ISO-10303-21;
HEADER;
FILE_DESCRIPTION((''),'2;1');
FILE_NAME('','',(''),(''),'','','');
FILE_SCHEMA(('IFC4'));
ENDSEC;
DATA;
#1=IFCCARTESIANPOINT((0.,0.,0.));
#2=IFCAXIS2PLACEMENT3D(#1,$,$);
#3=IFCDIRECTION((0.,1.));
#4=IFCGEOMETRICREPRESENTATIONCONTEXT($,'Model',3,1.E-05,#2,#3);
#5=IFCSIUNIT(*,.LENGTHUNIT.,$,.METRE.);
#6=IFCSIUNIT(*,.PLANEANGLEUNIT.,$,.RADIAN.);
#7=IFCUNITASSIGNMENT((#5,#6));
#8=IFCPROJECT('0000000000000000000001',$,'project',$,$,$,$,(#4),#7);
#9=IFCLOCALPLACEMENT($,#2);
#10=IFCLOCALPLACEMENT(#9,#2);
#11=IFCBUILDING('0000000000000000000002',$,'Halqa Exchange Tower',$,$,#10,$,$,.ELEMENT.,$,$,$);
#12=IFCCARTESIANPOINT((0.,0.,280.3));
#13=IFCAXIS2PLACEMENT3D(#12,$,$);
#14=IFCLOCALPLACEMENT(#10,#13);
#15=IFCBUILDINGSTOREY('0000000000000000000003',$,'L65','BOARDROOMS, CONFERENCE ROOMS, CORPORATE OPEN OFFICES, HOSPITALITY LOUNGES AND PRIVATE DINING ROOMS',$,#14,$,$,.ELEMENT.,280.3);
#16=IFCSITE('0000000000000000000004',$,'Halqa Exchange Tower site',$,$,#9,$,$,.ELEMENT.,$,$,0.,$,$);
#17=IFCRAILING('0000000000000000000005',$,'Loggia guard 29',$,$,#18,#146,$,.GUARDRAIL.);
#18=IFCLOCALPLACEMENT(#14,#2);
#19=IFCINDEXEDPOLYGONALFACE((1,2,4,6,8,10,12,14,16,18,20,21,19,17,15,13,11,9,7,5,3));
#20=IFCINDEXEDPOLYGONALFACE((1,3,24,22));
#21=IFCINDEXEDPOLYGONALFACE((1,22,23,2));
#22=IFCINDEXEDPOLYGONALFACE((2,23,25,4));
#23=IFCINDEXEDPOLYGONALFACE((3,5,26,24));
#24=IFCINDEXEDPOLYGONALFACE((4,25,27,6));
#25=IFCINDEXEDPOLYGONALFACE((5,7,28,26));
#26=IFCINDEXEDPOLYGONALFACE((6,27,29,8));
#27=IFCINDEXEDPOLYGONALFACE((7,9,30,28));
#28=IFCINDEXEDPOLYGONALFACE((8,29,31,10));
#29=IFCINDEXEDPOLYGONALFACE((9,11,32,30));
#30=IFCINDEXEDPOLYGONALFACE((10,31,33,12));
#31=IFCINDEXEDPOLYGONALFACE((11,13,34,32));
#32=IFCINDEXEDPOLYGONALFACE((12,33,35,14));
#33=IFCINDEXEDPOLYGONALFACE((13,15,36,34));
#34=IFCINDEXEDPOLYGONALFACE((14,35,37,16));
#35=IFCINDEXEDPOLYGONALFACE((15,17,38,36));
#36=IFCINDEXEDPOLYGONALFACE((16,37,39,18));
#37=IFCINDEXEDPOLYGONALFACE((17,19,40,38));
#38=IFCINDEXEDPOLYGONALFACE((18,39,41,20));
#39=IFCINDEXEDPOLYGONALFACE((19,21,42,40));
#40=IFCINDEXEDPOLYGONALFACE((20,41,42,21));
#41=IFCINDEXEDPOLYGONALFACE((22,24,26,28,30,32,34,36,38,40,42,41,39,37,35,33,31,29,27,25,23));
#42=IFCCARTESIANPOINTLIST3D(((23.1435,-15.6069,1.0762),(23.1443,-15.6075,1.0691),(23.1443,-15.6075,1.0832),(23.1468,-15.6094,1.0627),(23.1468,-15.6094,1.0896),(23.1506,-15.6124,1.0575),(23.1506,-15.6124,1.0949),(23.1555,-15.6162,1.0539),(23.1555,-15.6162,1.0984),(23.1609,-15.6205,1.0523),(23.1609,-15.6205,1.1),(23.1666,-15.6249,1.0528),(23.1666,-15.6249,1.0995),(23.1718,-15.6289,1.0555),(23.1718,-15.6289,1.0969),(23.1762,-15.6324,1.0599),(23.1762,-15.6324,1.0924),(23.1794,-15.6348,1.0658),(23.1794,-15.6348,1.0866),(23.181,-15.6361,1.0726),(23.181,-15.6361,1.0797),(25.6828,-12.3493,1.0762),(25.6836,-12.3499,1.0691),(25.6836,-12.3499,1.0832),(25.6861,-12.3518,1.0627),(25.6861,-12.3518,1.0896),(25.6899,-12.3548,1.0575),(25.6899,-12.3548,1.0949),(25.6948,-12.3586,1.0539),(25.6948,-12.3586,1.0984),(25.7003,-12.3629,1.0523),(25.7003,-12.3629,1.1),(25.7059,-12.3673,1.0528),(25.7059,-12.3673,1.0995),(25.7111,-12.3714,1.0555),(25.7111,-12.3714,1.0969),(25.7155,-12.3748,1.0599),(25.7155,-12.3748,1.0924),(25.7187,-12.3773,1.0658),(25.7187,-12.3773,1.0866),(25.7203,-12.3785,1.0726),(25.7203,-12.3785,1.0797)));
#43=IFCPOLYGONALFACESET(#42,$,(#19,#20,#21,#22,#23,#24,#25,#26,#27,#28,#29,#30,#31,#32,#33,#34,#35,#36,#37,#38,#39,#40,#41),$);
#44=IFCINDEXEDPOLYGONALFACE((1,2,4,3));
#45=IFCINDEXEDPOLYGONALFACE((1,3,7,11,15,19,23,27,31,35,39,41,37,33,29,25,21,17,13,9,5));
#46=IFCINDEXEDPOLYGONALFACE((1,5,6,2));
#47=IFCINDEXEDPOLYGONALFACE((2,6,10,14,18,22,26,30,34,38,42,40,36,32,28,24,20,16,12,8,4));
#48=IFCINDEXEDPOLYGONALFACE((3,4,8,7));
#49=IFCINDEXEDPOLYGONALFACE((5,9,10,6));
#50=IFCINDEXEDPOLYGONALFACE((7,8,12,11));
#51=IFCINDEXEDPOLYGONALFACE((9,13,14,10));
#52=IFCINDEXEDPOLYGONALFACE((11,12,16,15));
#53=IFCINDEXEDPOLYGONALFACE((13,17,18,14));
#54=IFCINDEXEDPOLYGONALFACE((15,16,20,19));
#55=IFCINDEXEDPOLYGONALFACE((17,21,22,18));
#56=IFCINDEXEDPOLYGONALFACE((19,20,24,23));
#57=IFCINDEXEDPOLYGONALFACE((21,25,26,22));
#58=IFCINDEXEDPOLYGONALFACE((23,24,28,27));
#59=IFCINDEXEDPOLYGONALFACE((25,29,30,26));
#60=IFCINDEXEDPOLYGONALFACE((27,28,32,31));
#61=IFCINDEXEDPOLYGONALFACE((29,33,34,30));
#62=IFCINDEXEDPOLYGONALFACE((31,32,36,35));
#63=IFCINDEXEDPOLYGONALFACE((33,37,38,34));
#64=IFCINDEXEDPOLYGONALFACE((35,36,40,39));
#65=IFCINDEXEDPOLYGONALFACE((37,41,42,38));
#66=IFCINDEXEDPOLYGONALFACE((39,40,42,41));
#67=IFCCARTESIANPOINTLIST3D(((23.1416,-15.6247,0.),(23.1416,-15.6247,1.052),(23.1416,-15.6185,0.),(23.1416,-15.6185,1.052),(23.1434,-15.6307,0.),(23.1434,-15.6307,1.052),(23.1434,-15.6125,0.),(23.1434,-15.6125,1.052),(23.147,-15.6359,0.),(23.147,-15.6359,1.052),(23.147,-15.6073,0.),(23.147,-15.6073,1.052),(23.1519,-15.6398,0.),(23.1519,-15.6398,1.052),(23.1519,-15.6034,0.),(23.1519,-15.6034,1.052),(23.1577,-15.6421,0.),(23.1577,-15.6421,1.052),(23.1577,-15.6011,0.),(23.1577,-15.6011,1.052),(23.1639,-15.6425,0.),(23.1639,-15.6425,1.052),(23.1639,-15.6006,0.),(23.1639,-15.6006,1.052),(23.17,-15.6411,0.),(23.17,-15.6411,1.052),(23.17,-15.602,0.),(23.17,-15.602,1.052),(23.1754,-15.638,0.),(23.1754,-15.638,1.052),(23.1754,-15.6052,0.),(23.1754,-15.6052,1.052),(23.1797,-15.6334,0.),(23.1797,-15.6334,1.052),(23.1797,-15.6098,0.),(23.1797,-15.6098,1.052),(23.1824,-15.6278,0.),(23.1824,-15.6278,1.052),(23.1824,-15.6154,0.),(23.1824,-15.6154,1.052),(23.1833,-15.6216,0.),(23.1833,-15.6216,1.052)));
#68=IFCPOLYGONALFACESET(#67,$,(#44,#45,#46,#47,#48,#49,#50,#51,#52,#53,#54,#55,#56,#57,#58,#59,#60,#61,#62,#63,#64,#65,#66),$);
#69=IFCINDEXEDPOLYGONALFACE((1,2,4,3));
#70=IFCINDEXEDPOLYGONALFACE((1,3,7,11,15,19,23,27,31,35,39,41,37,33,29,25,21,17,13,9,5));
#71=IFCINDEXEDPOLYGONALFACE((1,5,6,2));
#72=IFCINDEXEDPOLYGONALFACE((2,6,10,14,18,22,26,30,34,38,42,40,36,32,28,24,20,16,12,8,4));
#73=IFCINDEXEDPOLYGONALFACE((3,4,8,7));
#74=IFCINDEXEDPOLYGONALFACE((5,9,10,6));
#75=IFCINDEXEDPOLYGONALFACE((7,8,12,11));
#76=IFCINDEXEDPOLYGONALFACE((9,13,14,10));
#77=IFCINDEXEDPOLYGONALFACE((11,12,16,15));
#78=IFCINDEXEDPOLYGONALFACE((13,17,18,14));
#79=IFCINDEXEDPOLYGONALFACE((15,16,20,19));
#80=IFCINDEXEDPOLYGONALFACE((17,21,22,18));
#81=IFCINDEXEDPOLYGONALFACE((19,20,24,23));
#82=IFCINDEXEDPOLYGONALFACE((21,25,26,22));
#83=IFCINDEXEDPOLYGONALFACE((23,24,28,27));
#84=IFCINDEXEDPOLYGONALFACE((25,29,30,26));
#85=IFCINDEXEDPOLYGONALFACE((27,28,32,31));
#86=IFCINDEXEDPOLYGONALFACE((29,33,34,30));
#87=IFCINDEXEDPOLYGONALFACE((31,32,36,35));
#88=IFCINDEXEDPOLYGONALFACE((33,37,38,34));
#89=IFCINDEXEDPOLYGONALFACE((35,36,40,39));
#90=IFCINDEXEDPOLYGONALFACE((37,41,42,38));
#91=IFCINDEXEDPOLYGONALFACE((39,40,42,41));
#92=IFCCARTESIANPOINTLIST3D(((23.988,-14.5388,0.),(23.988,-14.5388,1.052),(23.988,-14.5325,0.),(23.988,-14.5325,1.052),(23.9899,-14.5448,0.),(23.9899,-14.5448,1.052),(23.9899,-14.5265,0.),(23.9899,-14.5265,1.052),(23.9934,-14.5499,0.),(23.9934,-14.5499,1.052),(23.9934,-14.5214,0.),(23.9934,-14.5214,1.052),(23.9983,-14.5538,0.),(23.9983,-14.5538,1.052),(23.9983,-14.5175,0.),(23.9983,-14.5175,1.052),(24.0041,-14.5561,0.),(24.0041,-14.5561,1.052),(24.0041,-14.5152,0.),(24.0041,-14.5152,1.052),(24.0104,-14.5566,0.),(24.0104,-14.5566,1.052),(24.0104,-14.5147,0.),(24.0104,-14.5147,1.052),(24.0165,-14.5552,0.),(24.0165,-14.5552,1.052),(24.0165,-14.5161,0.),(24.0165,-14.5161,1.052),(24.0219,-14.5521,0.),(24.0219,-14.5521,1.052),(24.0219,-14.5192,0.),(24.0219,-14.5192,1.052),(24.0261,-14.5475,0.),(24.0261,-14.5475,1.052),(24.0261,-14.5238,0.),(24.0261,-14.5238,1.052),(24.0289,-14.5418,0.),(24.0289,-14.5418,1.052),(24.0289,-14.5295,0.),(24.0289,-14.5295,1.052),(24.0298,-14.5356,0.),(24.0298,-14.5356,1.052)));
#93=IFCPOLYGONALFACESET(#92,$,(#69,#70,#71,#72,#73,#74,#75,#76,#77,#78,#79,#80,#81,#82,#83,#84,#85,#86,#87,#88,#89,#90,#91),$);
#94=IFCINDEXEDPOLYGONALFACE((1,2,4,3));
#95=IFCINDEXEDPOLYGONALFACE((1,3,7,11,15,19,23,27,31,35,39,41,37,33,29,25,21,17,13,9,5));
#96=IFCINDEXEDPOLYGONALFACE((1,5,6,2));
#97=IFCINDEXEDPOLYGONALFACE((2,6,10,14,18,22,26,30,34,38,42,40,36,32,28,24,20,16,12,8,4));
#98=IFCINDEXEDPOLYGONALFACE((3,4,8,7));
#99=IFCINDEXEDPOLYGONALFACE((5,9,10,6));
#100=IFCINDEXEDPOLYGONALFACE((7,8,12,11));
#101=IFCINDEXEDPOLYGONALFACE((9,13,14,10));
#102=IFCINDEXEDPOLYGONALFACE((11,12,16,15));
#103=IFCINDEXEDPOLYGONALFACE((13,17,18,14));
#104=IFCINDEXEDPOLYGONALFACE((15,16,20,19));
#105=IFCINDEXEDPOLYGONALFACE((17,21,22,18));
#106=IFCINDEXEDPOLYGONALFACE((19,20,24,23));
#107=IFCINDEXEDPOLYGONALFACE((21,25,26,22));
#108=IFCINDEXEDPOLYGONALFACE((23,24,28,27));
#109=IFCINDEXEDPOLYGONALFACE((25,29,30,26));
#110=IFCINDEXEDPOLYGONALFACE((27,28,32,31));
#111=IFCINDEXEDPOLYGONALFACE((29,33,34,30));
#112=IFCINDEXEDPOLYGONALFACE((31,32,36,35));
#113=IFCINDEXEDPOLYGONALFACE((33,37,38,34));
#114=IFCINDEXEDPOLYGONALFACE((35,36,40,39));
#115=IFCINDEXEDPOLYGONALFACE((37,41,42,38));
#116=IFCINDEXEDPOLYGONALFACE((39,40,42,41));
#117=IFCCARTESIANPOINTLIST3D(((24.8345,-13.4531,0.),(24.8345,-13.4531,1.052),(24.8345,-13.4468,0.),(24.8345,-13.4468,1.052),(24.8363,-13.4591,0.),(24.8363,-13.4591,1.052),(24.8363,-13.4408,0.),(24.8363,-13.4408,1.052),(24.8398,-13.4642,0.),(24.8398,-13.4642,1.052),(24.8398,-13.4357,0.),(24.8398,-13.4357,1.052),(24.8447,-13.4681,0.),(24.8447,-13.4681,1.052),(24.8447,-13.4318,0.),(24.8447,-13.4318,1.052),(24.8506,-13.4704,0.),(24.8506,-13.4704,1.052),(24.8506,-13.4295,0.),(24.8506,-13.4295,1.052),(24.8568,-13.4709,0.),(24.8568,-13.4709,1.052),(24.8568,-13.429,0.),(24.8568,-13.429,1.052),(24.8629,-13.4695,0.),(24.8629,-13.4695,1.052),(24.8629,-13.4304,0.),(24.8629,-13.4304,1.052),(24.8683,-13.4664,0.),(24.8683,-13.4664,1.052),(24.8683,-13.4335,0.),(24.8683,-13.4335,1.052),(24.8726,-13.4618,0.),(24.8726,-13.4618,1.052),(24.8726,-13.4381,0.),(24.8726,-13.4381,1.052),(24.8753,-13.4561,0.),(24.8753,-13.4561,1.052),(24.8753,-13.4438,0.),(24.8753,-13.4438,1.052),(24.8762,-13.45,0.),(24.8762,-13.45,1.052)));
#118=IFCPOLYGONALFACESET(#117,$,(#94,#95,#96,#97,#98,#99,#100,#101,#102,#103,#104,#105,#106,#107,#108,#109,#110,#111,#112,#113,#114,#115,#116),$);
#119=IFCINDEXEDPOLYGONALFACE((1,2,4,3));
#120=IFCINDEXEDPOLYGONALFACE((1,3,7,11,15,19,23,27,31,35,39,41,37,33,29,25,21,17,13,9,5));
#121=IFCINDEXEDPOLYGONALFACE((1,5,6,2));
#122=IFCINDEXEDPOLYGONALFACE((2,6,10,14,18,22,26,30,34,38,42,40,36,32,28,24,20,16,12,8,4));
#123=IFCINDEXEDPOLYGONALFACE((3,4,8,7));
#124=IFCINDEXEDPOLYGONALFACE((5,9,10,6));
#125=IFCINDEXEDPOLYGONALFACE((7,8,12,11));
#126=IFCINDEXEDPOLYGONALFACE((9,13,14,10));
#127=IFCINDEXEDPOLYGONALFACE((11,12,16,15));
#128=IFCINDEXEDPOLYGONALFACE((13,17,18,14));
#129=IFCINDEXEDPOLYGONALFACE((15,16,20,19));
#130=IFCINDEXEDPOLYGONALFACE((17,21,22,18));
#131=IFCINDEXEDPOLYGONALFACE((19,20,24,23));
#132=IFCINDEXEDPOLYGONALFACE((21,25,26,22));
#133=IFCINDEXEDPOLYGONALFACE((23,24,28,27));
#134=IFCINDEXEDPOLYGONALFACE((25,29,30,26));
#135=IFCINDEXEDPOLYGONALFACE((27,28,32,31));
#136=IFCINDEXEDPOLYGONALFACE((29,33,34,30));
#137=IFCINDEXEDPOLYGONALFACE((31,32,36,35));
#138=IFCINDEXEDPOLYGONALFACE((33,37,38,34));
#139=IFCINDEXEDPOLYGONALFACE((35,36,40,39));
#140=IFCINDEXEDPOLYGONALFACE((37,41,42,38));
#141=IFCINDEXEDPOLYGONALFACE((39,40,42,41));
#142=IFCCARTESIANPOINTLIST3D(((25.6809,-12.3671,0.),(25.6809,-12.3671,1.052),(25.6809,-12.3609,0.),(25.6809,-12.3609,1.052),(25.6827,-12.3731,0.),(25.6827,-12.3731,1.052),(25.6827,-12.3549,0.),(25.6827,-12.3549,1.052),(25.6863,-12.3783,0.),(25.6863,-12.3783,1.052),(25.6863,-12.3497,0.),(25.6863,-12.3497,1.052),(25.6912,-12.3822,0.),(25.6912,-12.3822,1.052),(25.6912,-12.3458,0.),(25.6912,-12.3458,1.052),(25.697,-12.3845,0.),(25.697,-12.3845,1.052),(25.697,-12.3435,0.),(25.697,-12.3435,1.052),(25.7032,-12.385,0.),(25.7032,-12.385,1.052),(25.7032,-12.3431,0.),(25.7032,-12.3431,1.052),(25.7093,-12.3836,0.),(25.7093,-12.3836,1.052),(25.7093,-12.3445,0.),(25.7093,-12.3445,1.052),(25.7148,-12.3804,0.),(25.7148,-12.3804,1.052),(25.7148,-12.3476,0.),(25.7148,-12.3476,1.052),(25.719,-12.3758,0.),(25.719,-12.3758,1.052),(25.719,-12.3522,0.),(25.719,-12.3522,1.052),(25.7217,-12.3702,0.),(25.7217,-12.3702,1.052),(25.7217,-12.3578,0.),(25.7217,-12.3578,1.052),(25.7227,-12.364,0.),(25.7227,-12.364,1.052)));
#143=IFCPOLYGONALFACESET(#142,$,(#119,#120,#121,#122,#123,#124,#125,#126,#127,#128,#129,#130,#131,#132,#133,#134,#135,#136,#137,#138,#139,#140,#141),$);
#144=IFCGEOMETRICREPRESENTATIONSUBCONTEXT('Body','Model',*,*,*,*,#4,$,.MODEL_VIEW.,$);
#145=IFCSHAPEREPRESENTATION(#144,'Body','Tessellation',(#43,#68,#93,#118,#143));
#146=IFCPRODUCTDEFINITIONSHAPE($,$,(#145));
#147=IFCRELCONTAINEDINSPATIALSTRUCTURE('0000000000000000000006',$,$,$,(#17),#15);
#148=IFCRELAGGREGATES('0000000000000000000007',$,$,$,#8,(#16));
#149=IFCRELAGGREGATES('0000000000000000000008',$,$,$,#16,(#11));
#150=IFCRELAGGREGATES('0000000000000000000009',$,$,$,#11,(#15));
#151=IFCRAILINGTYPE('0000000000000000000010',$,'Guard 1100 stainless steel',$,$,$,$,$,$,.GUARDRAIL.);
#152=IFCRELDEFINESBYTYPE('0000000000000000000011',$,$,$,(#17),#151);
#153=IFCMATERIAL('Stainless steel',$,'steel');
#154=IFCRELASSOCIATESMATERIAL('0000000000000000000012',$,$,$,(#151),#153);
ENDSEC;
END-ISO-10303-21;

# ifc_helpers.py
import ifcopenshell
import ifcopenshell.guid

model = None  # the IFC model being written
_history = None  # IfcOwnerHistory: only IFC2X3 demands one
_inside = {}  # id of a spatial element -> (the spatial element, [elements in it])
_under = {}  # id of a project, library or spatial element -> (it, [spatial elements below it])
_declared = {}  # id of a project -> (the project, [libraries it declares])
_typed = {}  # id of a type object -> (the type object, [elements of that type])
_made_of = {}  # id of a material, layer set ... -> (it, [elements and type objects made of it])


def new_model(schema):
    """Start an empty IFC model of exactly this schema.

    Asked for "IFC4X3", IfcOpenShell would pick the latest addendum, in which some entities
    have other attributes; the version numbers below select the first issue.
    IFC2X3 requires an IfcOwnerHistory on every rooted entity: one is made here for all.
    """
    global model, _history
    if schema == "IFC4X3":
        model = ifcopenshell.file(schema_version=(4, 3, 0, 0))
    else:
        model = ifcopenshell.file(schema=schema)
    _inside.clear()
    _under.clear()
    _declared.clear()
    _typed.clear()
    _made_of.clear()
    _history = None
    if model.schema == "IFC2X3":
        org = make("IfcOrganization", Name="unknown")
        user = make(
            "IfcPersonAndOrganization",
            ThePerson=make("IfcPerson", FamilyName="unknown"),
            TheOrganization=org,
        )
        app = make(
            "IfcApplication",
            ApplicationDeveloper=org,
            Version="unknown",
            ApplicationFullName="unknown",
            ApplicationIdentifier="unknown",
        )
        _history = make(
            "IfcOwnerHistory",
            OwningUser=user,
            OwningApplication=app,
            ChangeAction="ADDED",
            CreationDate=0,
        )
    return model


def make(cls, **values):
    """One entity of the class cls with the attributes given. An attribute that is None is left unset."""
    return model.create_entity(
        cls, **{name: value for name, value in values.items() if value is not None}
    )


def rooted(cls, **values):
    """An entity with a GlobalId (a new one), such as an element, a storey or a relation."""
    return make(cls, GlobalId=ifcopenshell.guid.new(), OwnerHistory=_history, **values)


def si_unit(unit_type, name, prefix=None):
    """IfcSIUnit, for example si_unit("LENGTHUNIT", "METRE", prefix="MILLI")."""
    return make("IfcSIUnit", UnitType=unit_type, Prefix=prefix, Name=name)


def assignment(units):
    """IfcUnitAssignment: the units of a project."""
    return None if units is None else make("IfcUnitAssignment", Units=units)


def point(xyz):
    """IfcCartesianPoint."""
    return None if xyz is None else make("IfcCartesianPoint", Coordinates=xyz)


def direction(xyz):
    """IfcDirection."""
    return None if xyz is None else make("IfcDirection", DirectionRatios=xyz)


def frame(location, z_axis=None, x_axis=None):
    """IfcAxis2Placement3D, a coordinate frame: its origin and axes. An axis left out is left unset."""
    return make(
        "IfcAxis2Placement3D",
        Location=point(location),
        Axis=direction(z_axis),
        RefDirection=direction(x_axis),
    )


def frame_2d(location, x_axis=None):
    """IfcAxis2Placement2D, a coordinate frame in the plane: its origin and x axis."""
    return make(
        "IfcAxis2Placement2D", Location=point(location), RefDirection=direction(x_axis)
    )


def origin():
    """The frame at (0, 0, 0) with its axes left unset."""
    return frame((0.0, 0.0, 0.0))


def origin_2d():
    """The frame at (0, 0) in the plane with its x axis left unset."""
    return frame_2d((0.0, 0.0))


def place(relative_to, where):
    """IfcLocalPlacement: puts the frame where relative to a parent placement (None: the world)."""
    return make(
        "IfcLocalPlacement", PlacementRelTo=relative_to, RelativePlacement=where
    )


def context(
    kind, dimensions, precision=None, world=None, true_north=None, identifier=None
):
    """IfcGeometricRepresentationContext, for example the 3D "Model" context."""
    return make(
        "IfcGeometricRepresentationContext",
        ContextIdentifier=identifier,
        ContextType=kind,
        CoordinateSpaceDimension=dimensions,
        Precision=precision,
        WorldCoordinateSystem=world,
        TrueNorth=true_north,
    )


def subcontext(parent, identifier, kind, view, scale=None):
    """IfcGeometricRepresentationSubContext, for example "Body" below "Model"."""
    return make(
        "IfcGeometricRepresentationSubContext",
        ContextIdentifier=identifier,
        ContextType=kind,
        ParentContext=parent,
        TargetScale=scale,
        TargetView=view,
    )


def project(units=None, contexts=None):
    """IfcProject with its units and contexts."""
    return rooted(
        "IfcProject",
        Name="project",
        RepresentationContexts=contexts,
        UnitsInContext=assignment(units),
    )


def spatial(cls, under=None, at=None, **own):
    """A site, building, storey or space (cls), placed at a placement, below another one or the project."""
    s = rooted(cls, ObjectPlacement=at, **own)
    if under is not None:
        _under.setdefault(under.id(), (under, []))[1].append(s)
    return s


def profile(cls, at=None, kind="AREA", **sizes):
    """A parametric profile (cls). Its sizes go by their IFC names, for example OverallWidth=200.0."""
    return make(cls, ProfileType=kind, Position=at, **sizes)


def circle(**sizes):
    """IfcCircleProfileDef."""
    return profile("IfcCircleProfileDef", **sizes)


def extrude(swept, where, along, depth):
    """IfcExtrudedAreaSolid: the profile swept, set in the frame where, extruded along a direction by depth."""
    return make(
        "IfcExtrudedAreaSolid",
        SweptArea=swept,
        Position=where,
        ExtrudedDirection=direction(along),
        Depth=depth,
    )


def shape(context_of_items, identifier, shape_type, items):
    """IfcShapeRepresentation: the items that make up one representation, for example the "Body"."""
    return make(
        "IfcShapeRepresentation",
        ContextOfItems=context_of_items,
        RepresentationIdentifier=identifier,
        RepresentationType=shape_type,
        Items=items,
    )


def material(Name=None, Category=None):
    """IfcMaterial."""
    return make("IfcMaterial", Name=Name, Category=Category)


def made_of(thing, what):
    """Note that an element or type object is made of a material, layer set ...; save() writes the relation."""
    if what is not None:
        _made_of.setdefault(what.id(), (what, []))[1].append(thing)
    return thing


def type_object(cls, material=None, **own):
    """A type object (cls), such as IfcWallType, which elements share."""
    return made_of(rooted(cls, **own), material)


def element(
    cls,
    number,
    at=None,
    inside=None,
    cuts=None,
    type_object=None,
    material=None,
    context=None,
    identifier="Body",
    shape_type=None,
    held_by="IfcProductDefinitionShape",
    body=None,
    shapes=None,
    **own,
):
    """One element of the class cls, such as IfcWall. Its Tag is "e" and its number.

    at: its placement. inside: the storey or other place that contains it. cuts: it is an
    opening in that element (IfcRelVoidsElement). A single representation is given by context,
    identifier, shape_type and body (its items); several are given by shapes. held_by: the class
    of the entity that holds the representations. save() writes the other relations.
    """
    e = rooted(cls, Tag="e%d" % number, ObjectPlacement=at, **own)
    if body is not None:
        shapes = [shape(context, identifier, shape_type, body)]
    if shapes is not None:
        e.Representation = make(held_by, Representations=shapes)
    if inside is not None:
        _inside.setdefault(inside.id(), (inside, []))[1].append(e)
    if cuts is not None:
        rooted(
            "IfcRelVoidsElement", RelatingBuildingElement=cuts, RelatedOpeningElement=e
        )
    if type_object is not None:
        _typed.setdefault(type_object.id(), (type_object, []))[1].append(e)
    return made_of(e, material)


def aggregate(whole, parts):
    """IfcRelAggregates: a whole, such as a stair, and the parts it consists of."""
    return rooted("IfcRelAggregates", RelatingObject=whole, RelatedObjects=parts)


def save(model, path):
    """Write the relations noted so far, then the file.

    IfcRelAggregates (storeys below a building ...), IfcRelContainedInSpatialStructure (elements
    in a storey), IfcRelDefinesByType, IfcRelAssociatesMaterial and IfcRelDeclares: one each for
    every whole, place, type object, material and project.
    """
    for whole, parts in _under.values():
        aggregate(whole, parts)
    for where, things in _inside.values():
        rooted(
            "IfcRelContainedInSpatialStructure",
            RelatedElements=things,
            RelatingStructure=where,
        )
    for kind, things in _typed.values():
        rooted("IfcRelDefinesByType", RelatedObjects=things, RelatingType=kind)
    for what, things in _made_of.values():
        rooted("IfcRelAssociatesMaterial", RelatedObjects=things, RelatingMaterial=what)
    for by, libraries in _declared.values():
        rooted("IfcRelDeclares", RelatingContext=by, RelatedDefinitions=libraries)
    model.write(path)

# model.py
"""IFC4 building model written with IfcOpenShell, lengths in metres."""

from ifc_helpers import new_model, si_unit, direction, frame, origin, origin_2d, place, context, subcontext, project, spatial, circle, extrude, material, type_object, element, save


model = new_model("IFC4")

# Units and contexts
model_context = context("Model", 3, precision=1e-05, world=origin(), true_north=direction((0.0, 1.0)))
body_context = subcontext(model_context, "Body", "Model", "MODEL_VIEW")
ifc_project = project(units=[si_unit("LENGTHUNIT", "METRE"), si_unit("PLANEANGLEUNIT", "RADIAN")], contexts=[model_context])

# Site, building, storey
site_placement = place(None, origin())
site = spatial("IfcSite", under=ifc_project, at=site_placement, Name="Halqa Exchange Tower site", CompositionType="ELEMENT", RefElevation=0.0)
building_placement = place(site_placement, origin())
building = spatial("IfcBuilding", under=site, at=building_placement, Name="Halqa Exchange Tower", CompositionType="ELEMENT")
storey_placement = place(building_placement, frame((0.0, 0.0, 280.3)))
storey = spatial("IfcBuildingStorey", under=building, at=storey_placement, Name="L65", Description="BOARDROOMS, CONFERENCE ROOMS, CORPORATE OPEN OFFICES, HOSPITALITY LOUNGES AND PRIVATE DINING ROOMS", CompositionType="ELEMENT", Elevation=280.3)

# Railing
ifc_material_1 = material(Name="Stainless steel", Category="steel")
railing_type = type_object("IfcRailingType", Name="Guard 1100 stainless steel", PredefinedType="GUARDRAIL", material=ifc_material_1)
railing_1_placement = place(storey_placement, frame((23.1624, -15.6216, 0.0)))
element("IfcRailing", 1, at=railing_1_placement, inside=storey, type_object=railing_type, Name="Loggia guard 29", PredefinedType="GUARDRAIL", context=body_context, shape_type="SweptSolid", body=[
    extrude(circle(Radius=0.0239, at=origin_2d()), frame((0.0, 0.0, 1.0762), z_axis=(0.614791, 0.78869, 0.0), x_axis=(-0.78869, 0.614791, 0.0)), (0.0, 0.0, 1.0), 4.1304),
    extrude(circle(Radius=0.021, at=origin_2d()), origin(), (0.0, 0.0, 1.0), 1.052),
    extrude(circle(Radius=0.021, at=origin_2d()), frame((0.8464, 1.0859, 0.0)), (0.0, 0.0, 1.0), 1.052),
    extrude(circle(Radius=0.021, at=origin_2d()), frame((1.6929, 2.1716, 0.0)), (0.0, 0.0, 1.0), 1.052),
    extrude(circle(Radius=0.021, at=origin_2d()), frame((2.5393, 3.2576, 0.0)), (0.0, 0.0, 1.0), 1.052),
])

save(model, "model.ifc")
